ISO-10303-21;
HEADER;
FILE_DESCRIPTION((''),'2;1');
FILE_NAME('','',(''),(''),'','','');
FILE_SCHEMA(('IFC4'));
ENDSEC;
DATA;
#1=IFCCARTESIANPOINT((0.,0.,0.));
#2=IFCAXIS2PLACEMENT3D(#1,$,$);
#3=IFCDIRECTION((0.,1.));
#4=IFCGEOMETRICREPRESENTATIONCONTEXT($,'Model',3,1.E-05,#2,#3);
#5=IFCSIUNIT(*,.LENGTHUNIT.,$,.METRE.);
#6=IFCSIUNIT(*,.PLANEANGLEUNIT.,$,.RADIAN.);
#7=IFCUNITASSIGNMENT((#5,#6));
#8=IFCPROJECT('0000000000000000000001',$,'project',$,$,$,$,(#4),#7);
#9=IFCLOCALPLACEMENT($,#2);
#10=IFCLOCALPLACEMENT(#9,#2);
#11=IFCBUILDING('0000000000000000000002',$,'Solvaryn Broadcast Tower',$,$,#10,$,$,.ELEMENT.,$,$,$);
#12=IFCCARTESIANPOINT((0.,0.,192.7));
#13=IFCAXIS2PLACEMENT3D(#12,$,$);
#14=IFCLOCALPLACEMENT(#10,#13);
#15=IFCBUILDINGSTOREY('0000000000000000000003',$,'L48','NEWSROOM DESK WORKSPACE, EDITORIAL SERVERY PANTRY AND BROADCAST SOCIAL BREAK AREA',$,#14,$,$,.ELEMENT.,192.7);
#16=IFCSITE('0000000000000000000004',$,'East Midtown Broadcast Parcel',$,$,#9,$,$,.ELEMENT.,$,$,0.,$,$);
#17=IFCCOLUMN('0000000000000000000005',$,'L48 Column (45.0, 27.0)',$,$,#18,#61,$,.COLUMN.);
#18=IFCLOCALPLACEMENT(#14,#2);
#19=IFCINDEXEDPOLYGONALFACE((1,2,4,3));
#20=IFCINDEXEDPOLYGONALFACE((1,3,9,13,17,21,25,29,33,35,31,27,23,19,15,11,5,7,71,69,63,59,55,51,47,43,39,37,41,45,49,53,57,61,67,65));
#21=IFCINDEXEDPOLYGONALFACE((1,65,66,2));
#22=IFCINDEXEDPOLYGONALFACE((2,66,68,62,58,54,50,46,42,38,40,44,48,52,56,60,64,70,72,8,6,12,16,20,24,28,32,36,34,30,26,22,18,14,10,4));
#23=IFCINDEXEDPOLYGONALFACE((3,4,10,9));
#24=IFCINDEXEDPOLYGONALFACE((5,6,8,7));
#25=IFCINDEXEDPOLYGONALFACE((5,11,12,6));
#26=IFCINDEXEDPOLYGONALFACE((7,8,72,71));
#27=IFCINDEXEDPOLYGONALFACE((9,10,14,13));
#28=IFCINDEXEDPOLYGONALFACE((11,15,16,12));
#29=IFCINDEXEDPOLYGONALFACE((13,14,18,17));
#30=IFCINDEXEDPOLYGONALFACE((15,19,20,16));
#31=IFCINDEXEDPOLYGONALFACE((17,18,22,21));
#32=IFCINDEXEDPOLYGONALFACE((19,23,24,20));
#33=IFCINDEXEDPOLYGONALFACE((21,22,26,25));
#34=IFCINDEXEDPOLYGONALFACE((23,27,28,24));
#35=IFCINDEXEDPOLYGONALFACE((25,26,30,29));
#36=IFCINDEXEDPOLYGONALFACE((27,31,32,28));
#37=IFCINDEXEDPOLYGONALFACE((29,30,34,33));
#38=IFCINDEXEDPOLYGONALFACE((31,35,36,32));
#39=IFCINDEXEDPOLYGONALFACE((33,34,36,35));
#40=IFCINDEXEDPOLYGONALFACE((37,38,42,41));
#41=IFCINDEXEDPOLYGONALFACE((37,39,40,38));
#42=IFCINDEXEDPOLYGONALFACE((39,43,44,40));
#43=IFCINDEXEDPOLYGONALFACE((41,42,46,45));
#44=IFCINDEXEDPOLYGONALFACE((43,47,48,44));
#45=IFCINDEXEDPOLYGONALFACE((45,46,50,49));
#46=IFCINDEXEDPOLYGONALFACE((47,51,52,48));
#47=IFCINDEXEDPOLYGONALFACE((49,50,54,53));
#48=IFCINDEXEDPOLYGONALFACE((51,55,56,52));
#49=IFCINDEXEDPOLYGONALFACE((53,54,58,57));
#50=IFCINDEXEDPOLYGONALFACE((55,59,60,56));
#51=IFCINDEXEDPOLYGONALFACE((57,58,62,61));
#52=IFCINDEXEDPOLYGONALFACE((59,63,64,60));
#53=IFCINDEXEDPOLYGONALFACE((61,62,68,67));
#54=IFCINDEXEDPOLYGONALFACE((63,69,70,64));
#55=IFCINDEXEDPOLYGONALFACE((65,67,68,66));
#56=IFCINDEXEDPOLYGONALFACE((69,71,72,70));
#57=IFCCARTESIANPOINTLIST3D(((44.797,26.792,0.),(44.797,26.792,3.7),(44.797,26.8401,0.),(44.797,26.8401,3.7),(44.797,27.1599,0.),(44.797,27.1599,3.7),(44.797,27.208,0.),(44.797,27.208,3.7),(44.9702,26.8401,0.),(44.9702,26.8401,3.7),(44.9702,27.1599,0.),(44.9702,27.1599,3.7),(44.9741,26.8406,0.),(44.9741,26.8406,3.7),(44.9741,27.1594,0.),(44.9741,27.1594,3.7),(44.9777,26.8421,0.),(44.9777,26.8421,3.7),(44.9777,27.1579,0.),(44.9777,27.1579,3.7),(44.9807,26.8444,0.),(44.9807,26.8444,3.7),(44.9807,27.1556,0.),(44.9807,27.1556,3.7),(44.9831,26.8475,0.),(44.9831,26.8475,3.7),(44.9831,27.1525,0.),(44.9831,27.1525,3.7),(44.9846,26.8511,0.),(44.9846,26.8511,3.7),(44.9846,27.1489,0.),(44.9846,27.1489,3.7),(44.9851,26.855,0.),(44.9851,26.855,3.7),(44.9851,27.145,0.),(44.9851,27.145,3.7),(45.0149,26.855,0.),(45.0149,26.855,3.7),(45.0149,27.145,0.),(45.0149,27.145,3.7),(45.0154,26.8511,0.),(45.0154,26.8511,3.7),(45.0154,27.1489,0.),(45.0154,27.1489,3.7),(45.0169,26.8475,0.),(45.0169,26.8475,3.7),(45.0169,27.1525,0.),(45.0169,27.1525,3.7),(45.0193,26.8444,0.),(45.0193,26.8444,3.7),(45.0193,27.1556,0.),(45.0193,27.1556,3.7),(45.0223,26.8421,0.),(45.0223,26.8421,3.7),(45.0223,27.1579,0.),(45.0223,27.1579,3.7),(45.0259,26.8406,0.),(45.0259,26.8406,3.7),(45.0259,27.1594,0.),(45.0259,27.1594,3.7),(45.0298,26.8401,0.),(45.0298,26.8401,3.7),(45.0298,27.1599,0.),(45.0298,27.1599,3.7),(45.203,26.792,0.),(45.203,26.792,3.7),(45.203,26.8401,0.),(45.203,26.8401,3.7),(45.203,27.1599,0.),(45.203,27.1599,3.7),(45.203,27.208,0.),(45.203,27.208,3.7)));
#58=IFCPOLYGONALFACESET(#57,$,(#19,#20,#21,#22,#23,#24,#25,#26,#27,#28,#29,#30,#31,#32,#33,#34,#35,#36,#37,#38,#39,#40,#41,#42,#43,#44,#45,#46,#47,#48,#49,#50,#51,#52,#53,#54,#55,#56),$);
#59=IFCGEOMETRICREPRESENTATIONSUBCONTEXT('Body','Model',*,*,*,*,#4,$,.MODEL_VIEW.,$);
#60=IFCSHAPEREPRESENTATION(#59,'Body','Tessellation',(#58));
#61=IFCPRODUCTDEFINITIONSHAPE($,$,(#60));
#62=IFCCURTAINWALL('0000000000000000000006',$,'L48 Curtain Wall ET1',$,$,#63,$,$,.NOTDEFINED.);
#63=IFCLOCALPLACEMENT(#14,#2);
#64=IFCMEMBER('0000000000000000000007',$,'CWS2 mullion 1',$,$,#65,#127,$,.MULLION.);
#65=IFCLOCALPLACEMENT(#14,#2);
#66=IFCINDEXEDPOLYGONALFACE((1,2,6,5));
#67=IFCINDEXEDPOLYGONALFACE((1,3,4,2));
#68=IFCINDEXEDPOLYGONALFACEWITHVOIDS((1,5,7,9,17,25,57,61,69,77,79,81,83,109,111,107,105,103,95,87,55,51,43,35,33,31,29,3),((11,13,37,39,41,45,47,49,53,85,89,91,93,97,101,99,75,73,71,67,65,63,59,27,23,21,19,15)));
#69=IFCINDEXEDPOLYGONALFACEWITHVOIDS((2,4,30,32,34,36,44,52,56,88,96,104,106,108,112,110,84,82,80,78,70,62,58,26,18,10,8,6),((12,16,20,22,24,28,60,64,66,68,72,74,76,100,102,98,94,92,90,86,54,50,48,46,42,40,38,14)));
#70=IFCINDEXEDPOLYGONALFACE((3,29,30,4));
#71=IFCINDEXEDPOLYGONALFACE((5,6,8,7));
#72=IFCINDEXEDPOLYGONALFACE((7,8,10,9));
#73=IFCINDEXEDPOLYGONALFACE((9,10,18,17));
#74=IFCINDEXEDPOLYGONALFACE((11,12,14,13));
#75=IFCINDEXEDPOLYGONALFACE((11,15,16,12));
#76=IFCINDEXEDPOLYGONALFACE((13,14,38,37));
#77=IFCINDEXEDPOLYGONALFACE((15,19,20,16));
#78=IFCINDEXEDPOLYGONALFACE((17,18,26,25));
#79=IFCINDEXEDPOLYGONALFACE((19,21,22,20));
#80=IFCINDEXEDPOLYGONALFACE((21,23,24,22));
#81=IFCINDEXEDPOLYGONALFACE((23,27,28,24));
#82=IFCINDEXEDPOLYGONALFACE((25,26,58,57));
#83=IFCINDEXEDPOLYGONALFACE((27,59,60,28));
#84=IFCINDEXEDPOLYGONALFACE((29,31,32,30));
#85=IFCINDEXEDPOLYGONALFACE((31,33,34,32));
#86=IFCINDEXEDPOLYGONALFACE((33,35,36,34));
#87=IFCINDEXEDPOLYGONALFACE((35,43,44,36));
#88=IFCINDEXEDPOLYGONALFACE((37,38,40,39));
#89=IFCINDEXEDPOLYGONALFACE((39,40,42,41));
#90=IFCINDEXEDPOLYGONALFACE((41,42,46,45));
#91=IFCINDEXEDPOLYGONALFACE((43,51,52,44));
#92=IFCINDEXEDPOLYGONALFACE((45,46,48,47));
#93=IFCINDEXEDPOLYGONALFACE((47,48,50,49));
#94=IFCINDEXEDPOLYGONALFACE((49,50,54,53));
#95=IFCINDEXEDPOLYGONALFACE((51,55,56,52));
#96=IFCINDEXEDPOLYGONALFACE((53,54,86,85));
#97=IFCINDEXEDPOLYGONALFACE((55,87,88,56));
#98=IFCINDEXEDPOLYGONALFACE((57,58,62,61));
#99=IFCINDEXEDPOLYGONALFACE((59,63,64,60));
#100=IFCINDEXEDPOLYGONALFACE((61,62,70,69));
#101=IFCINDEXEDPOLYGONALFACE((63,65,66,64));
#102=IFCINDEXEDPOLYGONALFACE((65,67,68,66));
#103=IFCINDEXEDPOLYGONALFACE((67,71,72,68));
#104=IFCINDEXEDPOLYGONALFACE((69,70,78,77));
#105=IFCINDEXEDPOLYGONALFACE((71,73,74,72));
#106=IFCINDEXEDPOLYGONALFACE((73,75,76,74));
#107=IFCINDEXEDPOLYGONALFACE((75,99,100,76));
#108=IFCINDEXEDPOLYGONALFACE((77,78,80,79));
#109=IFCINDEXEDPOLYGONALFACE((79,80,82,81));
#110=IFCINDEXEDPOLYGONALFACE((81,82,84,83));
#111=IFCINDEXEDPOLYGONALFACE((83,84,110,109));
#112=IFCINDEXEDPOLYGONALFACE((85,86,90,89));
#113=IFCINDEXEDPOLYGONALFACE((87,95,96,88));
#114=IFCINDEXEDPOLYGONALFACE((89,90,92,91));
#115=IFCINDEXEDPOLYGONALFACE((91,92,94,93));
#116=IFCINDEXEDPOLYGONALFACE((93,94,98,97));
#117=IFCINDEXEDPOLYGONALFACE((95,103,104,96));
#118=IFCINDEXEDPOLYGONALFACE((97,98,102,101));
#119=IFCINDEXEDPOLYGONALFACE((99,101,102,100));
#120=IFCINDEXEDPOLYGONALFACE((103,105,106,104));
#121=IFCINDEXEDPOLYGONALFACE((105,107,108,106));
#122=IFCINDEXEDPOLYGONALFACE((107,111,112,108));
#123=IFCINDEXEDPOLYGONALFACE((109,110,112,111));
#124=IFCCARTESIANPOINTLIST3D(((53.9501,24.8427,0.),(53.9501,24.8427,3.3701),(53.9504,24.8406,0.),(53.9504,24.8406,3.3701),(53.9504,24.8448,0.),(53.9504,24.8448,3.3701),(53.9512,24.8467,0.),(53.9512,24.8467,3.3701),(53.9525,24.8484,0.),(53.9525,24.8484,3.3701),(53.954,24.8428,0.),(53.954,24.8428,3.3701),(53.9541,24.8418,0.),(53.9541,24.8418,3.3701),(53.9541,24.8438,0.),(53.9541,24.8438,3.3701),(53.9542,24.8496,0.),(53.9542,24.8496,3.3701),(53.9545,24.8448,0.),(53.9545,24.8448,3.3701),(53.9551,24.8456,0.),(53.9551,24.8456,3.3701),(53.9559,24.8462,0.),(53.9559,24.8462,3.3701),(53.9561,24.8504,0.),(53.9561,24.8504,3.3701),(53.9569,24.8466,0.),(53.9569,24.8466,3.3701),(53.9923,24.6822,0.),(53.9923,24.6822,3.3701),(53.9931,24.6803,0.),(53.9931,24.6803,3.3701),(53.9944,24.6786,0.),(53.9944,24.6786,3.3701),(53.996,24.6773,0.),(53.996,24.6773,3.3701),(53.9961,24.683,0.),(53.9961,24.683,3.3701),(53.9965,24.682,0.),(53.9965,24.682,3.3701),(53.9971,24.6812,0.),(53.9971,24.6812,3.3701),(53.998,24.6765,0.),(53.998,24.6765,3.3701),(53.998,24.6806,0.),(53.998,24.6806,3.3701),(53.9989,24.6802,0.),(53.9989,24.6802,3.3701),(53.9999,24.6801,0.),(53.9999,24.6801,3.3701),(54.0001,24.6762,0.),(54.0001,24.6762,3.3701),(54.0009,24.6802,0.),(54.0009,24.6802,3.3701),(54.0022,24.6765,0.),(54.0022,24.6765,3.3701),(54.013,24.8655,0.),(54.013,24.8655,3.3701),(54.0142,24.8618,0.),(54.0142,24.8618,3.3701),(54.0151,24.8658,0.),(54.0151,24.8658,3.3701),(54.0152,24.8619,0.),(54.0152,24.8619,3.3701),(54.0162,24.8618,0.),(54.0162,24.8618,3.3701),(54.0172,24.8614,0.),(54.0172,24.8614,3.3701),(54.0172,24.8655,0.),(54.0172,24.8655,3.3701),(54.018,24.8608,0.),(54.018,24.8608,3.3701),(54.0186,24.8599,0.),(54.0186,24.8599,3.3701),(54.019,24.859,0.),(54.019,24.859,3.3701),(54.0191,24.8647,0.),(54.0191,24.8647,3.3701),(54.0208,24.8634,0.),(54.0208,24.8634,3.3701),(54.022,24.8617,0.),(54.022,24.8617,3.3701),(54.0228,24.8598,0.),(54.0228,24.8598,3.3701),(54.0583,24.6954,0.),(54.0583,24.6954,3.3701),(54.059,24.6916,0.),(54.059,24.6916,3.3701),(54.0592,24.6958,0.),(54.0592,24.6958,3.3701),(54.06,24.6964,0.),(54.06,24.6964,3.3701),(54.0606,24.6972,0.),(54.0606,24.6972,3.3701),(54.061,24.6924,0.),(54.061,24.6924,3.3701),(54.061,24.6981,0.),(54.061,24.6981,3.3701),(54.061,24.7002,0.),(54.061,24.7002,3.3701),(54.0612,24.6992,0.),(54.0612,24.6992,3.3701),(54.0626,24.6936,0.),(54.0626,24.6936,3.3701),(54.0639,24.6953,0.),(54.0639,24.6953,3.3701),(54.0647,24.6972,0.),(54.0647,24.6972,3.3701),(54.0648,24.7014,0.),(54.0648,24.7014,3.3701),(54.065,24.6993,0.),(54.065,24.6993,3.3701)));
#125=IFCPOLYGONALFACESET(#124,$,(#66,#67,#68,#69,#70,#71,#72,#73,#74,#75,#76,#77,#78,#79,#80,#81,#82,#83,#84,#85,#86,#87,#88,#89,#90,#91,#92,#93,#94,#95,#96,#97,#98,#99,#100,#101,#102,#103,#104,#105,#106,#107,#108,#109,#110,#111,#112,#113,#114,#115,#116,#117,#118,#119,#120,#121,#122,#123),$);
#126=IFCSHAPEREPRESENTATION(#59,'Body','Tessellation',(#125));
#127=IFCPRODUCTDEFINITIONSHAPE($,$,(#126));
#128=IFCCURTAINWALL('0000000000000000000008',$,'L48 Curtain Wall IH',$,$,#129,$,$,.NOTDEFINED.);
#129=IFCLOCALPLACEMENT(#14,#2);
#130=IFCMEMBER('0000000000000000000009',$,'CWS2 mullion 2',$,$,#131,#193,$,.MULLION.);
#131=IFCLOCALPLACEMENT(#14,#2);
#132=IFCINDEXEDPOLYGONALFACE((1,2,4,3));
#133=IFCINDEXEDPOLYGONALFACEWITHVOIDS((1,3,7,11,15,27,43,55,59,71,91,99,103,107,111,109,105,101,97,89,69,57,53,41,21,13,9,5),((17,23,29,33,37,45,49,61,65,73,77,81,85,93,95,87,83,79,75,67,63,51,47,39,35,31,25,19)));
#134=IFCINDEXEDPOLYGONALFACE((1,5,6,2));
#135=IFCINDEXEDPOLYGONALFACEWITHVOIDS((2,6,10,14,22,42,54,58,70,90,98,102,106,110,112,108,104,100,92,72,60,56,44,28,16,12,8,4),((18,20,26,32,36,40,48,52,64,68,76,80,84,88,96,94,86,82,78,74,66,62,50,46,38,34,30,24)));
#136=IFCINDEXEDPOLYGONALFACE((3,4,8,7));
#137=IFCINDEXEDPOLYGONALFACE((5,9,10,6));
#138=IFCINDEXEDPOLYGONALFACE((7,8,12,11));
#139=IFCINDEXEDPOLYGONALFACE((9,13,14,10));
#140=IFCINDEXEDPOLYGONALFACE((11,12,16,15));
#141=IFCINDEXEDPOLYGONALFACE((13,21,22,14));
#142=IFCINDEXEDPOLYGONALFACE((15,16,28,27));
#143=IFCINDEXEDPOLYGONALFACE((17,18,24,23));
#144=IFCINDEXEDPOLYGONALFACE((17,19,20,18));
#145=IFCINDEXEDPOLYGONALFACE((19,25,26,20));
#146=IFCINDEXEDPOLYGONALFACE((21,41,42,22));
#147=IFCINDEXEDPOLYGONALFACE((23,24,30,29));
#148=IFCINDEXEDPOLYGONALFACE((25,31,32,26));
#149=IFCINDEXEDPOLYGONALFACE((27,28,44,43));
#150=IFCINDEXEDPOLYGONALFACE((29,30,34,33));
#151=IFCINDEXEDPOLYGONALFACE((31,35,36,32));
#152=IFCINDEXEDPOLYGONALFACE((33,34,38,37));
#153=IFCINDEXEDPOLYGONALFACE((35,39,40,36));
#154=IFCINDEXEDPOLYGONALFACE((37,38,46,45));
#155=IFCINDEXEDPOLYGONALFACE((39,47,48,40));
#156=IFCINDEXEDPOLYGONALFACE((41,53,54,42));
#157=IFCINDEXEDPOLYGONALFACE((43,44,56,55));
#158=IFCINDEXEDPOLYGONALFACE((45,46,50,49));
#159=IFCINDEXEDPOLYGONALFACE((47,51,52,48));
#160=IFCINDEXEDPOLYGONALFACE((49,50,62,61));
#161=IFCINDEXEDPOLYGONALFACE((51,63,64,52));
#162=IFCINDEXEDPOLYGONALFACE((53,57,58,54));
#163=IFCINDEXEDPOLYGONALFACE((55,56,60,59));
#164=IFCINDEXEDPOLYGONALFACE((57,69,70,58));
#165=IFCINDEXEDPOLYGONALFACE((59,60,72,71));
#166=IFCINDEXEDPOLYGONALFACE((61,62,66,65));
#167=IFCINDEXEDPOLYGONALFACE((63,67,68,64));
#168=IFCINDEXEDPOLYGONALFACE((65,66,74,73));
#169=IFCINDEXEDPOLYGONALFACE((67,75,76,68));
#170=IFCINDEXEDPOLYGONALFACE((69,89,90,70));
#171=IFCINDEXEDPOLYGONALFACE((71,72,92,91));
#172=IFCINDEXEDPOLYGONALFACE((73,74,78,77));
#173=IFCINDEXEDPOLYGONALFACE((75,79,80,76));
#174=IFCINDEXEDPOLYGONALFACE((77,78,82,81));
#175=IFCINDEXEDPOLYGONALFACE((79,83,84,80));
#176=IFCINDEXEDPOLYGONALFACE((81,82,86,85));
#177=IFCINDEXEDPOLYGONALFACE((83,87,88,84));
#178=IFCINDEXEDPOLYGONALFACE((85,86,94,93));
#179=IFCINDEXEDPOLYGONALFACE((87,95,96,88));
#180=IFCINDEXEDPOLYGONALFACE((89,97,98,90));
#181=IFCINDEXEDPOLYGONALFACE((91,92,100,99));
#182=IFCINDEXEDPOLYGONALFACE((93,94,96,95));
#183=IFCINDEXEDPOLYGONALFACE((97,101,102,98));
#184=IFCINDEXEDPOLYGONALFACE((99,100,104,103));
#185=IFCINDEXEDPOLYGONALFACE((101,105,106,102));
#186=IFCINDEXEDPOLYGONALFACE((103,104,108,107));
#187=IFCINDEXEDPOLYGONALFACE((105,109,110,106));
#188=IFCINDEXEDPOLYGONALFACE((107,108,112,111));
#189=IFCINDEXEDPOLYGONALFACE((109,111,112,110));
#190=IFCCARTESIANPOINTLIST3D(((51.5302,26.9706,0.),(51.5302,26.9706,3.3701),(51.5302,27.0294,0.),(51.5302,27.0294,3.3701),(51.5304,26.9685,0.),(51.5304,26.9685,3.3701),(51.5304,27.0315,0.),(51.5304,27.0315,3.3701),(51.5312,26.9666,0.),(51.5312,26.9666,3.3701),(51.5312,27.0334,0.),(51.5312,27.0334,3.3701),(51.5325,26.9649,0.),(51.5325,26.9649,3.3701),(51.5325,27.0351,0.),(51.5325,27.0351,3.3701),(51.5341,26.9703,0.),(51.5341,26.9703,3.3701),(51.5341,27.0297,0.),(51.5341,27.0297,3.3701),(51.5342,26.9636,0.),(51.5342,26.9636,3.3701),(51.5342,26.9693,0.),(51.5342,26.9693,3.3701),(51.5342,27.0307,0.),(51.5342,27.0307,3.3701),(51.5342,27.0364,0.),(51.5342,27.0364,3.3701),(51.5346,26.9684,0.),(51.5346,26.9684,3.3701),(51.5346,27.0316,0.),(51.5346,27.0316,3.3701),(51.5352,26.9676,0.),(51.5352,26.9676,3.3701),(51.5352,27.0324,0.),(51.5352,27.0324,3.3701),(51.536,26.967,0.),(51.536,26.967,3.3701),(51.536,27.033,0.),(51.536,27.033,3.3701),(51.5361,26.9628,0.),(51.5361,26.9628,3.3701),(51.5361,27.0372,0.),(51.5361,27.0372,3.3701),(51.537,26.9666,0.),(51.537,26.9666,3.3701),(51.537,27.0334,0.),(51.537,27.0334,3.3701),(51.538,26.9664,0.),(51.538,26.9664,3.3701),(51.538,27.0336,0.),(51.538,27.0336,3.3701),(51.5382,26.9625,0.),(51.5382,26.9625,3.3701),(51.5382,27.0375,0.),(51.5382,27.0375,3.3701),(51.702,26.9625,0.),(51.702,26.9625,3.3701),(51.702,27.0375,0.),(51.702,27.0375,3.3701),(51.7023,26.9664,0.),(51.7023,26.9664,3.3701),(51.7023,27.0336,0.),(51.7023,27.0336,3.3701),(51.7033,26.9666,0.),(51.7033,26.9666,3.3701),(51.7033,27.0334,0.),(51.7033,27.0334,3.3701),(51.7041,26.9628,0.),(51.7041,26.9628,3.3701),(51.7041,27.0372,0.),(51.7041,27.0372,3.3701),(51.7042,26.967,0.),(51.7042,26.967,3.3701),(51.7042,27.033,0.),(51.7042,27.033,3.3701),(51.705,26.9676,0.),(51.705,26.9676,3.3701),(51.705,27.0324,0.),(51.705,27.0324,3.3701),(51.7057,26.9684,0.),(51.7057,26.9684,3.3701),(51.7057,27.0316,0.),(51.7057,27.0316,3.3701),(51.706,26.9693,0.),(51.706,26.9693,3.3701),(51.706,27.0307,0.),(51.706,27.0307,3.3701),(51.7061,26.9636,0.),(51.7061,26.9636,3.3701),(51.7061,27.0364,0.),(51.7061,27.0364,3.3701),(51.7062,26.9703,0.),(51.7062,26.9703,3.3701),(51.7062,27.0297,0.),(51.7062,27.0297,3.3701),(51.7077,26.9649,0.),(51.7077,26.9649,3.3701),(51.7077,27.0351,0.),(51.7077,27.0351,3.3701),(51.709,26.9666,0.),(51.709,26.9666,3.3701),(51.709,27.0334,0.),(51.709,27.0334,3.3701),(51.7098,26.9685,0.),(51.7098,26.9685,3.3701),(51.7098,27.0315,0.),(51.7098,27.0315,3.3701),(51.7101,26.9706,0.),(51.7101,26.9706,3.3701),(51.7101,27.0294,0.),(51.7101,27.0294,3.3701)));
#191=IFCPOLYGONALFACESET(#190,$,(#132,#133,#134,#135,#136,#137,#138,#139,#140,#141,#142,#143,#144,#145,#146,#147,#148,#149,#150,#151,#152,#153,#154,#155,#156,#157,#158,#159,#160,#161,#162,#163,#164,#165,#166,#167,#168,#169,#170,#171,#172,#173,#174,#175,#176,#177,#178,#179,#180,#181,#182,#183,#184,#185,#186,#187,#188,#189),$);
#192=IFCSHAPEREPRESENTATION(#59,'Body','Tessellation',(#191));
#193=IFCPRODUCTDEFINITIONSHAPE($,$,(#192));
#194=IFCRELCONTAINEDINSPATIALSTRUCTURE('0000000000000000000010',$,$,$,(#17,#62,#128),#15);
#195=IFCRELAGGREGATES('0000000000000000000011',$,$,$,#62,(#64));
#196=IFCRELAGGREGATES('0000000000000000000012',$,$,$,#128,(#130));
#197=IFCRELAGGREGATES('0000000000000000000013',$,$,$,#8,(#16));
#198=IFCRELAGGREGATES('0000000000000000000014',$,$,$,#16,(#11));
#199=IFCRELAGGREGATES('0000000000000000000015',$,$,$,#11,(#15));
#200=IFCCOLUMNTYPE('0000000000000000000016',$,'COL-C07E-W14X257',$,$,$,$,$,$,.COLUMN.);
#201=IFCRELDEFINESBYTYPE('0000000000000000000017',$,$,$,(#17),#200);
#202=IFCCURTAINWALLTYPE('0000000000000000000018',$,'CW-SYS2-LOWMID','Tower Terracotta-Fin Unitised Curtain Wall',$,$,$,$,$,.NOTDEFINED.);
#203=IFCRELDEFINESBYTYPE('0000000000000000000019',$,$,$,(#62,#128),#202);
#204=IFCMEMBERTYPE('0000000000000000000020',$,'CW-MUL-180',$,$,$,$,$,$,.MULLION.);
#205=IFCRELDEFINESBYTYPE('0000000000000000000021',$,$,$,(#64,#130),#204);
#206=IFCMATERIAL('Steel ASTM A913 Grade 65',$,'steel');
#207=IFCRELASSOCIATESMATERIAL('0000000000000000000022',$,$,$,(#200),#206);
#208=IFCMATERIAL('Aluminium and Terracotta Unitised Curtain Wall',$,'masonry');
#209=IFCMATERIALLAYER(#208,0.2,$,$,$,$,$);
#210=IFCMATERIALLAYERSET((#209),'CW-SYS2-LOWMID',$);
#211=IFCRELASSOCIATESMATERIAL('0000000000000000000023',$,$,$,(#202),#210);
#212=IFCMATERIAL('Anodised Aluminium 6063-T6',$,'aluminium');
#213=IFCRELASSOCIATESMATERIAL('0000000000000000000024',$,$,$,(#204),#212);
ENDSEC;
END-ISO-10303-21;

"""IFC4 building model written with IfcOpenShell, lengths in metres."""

from ifc_helpers import new_model, si_unit, direction, frame, origin, origin_2d, place, context, subcontext, project, spatial, hollow_rectangle, i_section, extrude, material, layer, layer_set, material_profile, profile_set, type_object, element, aggregate, save


model = new_model("IFC4")

# Units and contexts
model_context = context("Model", 3, precision=1e-05, world=origin(), true_north=direction((0.0, 1.0)))
body_context = subcontext(model_context, "Body", "Model", "MODEL_VIEW")
ifc_project = project(units=[si_unit("LENGTHUNIT", "METRE"), si_unit("PLANEANGLEUNIT", "RADIAN")], contexts=[model_context])

# Site, building, storey
site_placement = place(None, origin())
site = spatial("IfcSite", under=ifc_project, at=site_placement, Name="East Midtown Broadcast Parcel", CompositionType="ELEMENT", RefElevation=0.0)
building_placement = place(site_placement, origin())
building = spatial("IfcBuilding", under=site, at=building_placement, Name="Solvaryn Broadcast Tower", CompositionType="ELEMENT")
storey_placement = place(building_placement, frame((0.0, 0.0, 192.7)))
storey = spatial("IfcBuildingStorey", under=building, at=storey_placement, Name="L48", Description="NEWSROOM DESK WORKSPACE, EDITORIAL SERVERY PANTRY AND BROADCAST SOCIAL BREAK AREA", CompositionType="ELEMENT", Elevation=192.7)

# Column
ifc_material_1 = material(Name="Steel ASTM A913 Grade 65", Category="steel")
ifc_material_profile_1 = material_profile(ifc_material_1, i_section(OverallWidth=0.406, OverallDepth=0.416, WebThickness=0.0298, FlangeThickness=0.0481, FilletRadius=0.0149, at=origin_2d()))
ifc_profile_set_1 = profile_set([ifc_material_profile_1], Name="Steel ASTM A913 Grade 65")
column_type = type_object("IfcColumnType", Name="COL-C07E-W14X257", PredefinedType="COLUMN", material=ifc_profile_set_1)
column_placement = place(storey_placement, frame((45.0, 27.0, 0.0), z_axis=(0.0, 0.0, 1.0), x_axis=(1.0, 0.0, 0.0)))
element("IfcColumn", 1, at=column_placement, inside=storey, type_object=column_type, Name="L48 Column (45.0, 27.0)", PredefinedType="COLUMN", context=body_context, shape_type="SweptSolid", body=[
    extrude(i_section(OverallWidth=0.406, OverallDepth=0.416, WebThickness=0.0298, FlangeThickness=0.0481, FilletRadius=0.0149, at=origin_2d()), origin(), (0.0, 0.0, 1.0), 3.7),
])

# Curtain walls, members
ifc_material_2 = material(Name="Aluminium and Terracotta Unitised Curtain Wall", Category="masonry")
ifc_layer_1 = layer(ifc_material_2, 0.2)
ifc_layer_set_1 = layer_set([ifc_layer_1], Name="CW-SYS2-LOWMID")
curtain_wall_type = type_object("IfcCurtainWallType", Name="CW-SYS2-LOWMID", Description="Tower Terracotta-Fin Unitised Curtain Wall", PredefinedType="NOTDEFINED", material=ifc_layer_set_1)
curtain_wall_1_placement = place(storey_placement, origin())
curtain_wall_1 = element("IfcCurtainWall", 2, at=curtain_wall_1_placement, inside=storey, type_object=curtain_wall_type, Name="L48 Curtain Wall ET1", PredefinedType="NOTDEFINED")
ifc_material_3 = material(Name="Anodised Aluminium 6063-T6", Category="aluminium")
ifc_material_profile_2 = material_profile(ifc_material_3, hollow_rectangle(XDim=0.075, YDim=0.1799, WallThickness=0.0039, InnerFilletRadius=0.0039, OuterFilletRadius=0.0081, at=origin_2d()))
ifc_profile_set_2 = profile_set([ifc_material_profile_2], Name="Anodised Aluminium 6063-T6")
member_type_1 = type_object("IfcMemberType", Name="CW-MUL-180", PredefinedType="MULLION", material=ifc_profile_set_2)
member_1_placement = place(storey_placement, frame((54.0076, 24.771, 0.0), z_axis=(0.0, 0.0, 1.0), x_axis=(0.966705, 0.255893, 0.0)))
member_1 = element("IfcMember", 3, at=member_1_placement, type_object=member_type_1, Name="CWS2 mullion 1", PredefinedType="MULLION", context=body_context, shape_type="SweptSolid", body=[
    extrude(hollow_rectangle(XDim=0.075, YDim=0.1799, WallThickness=0.0039, InnerFilletRadius=0.0039, OuterFilletRadius=0.0081, at=origin_2d()), origin(), (0.0, 0.0, 1.0), 3.3701),
])
curtain_wall_2_placement = place(storey_placement, origin())
curtain_wall_2 = element("IfcCurtainWall", 4, at=curtain_wall_2_placement, inside=storey, type_object=curtain_wall_type, Name="L48 Curtain Wall IH", PredefinedType="NOTDEFINED")
member_2_placement = place(storey_placement, frame((51.6201, 27.0, 0.0), z_axis=(0.0, 0.0, 1.0), x_axis=(0.0, 1.0, 0.0)))
member_2 = element("IfcMember", 5, at=member_2_placement, type_object=member_type_1, Name="CWS2 mullion 2", PredefinedType="MULLION", context=body_context, shape_type="SweptSolid", body=[
    extrude(hollow_rectangle(XDim=0.075, YDim=0.1799, WallThickness=0.0039, InnerFilletRadius=0.0039, OuterFilletRadius=0.0081, at=origin_2d()), origin(), (0.0, 0.0, 1.0), 3.3701),
])

aggregate(curtain_wall_1, [member_1])
aggregate(curtain_wall_2, [member_2])

save(model, "model.ifc")
